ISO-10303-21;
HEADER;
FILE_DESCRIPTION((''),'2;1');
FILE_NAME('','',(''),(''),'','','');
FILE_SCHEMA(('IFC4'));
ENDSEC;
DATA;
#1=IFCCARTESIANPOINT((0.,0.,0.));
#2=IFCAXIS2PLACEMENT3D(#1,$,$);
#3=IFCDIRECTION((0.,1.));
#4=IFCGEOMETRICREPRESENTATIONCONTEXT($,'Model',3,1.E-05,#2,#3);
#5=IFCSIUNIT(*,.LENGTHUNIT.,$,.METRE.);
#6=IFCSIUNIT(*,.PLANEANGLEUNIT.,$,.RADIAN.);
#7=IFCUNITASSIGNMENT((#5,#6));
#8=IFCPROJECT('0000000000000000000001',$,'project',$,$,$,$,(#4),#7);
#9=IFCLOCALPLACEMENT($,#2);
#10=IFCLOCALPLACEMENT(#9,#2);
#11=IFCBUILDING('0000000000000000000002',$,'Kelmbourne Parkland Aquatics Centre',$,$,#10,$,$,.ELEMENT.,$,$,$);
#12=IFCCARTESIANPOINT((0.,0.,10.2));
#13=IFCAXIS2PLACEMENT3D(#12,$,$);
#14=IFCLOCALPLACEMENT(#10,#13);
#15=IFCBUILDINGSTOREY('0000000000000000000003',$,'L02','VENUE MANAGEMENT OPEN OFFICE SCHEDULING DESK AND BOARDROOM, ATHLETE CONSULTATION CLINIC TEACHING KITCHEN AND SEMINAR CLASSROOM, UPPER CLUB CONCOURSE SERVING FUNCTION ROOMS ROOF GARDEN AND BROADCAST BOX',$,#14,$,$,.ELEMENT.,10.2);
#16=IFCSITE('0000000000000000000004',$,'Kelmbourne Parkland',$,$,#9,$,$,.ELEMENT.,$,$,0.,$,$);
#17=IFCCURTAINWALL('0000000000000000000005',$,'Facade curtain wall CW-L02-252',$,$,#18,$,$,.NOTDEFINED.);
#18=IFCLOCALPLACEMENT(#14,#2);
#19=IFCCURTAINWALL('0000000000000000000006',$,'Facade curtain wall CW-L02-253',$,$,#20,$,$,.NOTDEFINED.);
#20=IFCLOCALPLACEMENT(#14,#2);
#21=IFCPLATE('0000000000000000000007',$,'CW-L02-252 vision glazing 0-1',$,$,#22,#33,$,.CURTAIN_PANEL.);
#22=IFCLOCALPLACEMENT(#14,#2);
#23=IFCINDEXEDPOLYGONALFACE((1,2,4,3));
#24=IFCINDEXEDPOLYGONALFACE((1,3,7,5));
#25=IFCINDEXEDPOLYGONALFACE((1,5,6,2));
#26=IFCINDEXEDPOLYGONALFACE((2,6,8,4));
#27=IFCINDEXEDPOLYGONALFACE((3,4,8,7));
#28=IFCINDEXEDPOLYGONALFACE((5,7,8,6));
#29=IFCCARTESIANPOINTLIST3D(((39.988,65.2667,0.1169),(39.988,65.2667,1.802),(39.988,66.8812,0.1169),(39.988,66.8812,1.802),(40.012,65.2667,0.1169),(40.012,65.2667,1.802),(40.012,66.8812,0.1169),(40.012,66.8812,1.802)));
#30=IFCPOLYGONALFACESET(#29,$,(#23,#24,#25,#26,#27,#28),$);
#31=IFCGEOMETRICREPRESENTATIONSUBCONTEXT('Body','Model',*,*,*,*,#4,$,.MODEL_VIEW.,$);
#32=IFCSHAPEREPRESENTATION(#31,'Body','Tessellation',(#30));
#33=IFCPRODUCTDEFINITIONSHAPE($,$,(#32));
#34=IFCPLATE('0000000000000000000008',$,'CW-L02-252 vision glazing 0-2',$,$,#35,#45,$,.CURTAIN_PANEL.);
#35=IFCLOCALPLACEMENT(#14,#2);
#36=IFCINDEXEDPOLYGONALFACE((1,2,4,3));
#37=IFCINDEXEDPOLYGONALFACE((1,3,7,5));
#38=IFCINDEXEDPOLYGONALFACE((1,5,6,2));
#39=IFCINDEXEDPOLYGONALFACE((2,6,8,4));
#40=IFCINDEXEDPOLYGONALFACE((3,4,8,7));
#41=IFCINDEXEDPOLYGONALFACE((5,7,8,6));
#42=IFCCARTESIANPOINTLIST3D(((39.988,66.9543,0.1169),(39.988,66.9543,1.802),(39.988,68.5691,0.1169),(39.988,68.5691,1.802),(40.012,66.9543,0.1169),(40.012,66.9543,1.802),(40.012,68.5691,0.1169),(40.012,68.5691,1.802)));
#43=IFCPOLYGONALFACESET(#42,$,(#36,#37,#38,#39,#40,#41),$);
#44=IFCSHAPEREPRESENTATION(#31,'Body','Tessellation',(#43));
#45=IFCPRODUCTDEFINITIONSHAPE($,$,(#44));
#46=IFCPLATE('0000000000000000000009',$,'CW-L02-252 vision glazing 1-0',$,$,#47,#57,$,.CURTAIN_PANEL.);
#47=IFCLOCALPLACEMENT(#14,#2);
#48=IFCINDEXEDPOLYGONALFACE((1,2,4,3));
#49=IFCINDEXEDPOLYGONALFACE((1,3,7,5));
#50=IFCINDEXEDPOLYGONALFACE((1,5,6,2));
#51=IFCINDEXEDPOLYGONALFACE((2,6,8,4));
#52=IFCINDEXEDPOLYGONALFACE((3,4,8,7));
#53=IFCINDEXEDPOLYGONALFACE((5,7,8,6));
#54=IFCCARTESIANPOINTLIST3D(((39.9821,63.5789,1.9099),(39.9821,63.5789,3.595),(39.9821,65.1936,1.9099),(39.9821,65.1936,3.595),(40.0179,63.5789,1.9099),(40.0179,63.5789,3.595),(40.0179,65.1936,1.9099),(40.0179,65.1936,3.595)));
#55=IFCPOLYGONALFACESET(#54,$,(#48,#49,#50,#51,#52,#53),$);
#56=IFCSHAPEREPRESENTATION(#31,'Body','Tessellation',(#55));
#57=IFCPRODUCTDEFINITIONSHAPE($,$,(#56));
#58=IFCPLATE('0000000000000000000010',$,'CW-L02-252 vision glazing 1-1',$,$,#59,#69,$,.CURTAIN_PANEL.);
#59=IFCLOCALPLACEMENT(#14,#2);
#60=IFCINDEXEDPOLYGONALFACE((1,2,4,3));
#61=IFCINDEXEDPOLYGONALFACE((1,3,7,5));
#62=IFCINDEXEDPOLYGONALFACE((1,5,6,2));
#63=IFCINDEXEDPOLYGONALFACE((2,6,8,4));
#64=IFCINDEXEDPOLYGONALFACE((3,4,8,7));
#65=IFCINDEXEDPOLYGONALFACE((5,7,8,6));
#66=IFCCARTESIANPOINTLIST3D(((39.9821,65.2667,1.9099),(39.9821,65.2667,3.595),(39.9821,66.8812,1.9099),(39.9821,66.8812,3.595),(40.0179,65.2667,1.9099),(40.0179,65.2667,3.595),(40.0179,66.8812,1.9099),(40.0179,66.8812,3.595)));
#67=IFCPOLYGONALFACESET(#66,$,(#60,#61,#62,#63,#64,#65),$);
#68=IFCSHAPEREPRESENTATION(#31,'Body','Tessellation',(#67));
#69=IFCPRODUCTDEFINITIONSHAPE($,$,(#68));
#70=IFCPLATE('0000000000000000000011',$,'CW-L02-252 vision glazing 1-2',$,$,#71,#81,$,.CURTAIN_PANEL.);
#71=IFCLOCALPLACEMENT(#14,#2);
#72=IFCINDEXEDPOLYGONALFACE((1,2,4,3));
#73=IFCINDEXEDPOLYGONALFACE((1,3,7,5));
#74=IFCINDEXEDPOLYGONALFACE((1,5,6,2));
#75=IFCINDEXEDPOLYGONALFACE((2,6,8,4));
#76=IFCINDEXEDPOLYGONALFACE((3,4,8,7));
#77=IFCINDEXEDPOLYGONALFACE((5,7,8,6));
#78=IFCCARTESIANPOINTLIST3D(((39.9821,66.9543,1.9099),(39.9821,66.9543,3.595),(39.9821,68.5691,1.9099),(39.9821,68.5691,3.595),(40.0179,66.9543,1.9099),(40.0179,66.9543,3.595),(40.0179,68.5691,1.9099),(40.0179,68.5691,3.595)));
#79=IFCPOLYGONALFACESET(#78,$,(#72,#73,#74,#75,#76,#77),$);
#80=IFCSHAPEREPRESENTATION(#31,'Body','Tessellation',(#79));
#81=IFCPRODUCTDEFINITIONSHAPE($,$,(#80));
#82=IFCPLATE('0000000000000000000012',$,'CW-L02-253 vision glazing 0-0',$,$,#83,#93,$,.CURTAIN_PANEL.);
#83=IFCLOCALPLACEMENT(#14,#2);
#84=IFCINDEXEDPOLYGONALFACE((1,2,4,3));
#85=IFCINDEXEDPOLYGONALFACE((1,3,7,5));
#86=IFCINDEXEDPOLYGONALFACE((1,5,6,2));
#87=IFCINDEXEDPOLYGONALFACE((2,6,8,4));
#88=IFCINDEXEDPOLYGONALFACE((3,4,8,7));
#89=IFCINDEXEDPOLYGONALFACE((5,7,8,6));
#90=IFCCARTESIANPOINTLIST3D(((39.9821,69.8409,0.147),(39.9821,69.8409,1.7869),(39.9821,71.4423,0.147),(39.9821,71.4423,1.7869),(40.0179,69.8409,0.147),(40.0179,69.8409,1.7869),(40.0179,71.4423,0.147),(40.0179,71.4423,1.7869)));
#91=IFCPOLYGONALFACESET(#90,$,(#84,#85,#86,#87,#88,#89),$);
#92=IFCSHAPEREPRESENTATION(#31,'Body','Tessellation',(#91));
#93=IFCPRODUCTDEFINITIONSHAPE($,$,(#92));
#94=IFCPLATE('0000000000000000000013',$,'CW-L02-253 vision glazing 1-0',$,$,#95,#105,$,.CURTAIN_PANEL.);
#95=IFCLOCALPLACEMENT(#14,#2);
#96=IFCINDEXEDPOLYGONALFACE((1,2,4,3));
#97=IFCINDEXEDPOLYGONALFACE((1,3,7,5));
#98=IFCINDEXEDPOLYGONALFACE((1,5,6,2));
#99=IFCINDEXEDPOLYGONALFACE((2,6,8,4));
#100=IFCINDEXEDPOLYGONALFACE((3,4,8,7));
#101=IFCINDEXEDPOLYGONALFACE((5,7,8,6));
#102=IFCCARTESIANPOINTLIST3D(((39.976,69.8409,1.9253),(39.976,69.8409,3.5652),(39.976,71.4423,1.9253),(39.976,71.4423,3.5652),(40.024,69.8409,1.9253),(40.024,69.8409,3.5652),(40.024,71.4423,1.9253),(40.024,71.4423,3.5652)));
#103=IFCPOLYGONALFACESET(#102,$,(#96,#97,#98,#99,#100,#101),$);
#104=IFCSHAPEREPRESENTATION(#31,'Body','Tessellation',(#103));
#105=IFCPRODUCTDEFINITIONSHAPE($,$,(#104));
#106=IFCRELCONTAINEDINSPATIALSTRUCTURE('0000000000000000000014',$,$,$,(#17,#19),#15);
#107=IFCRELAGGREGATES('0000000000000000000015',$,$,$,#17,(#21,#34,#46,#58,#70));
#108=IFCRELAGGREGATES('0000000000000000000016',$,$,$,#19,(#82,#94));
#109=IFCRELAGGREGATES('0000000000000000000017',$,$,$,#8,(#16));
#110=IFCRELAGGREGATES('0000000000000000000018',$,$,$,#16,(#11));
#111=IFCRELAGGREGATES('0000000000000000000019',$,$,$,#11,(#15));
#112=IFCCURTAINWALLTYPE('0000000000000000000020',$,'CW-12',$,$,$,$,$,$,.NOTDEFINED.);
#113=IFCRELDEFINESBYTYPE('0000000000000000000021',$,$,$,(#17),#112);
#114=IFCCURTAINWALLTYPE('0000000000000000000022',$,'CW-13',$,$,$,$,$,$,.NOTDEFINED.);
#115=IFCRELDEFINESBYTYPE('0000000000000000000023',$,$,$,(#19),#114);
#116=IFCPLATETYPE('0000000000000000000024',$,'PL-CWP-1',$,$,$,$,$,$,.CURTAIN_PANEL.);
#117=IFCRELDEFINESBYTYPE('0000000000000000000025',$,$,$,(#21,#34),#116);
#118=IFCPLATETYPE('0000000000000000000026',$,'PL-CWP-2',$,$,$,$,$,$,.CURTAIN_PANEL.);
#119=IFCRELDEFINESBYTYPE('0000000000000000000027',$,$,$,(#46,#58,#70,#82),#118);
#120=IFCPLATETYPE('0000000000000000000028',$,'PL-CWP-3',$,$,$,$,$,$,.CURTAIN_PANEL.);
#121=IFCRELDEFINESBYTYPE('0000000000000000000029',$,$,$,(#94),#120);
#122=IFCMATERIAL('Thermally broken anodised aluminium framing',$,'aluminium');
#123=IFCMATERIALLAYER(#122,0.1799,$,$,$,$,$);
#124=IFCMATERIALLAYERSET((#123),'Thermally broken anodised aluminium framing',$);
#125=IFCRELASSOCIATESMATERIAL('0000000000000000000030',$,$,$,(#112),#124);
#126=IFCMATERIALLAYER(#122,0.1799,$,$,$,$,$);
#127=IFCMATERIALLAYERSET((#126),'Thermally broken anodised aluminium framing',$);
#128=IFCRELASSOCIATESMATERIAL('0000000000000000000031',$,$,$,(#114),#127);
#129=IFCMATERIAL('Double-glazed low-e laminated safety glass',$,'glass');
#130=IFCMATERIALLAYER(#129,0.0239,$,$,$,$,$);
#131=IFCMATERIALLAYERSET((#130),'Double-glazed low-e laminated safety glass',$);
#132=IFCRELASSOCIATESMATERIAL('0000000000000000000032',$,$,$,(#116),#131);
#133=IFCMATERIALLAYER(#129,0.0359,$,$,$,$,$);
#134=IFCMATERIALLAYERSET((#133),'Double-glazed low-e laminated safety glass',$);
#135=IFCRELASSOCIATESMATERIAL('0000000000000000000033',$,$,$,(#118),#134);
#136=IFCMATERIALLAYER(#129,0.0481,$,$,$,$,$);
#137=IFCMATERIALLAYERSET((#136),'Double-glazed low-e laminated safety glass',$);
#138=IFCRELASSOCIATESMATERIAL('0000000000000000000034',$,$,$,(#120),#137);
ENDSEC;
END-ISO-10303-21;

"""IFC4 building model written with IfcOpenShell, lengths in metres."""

from ifc_helpers import new_model, si_unit, direction, frame, origin, origin_2d, place, context, subcontext, project, spatial, rectangle, extrude, material, layer, layer_set, type_object, element, aggregate, save


model = new_model("IFC4")

# Units and contexts
model_context = context("Model", 3, precision=1e-05, world=origin(), true_north=direction((0.0, 1.0)))
body_context = subcontext(model_context, "Body", "Model", "MODEL_VIEW")
ifc_project = project(units=[si_unit("LENGTHUNIT", "METRE"), si_unit("PLANEANGLEUNIT", "RADIAN")], contexts=[model_context])

# Site, building, storey
site_placement = place(None, origin())
site = spatial("IfcSite", under=ifc_project, at=site_placement, Name="Kelmbourne Parkland", CompositionType="ELEMENT", RefElevation=0.0)
building_placement = place(site_placement, origin())
building = spatial("IfcBuilding", under=site, at=building_placement, Name="Kelmbourne Parkland Aquatics Centre", CompositionType="ELEMENT")
storey_placement = place(building_placement, frame((0.0, 0.0, 10.2)))
storey = spatial("IfcBuildingStorey", under=building, at=storey_placement, Name="L02", Description="VENUE MANAGEMENT OPEN OFFICE SCHEDULING DESK AND BOARDROOM, ATHLETE CONSULTATION CLINIC TEACHING KITCHEN AND SEMINAR CLASSROOM, UPPER CLUB CONCOURSE SERVING FUNCTION ROOMS ROOF GARDEN AND BROADCAST BOX", CompositionType="ELEMENT", Elevation=10.2)

# Shared definitions
ifc_material_1 = material(Name="Thermally broken anodised aluminium framing", Category="aluminium")

# Curtain walls
ifc_layer_1 = layer(ifc_material_1, 0.1799)
ifc_layer_set_1 = layer_set([ifc_layer_1], Name="Thermally broken anodised aluminium framing")
curtain_wall_type_1 = type_object("IfcCurtainWallType", Name="CW-12", PredefinedType="NOTDEFINED", material=ifc_layer_set_1)
curtain_wall_1_placement = place(storey_placement, origin())
curtain_wall_1 = element("IfcCurtainWall", 1, at=curtain_wall_1_placement, inside=storey, type_object=curtain_wall_type_1, Name="Facade curtain wall CW-L02-252", PredefinedType="NOTDEFINED")
ifc_layer_2 = layer(ifc_material_1, 0.1799)
ifc_layer_set_2 = layer_set([ifc_layer_2], Name="Thermally broken anodised aluminium framing")
curtain_wall_type_2 = type_object("IfcCurtainWallType", Name="CW-13", PredefinedType="NOTDEFINED", material=ifc_layer_set_2)
curtain_wall_2_placement = place(storey_placement, origin())
curtain_wall_2 = element("IfcCurtainWall", 2, at=curtain_wall_2_placement, inside=storey, type_object=curtain_wall_type_2, Name="Facade curtain wall CW-L02-253", PredefinedType="NOTDEFINED")

# Plates
ifc_material_2 = material(Name="Double-glazed low-e laminated safety glass", Category="glass")
ifc_layer_3 = layer(ifc_material_2, 0.0239)
ifc_layer_set_3 = layer_set([ifc_layer_3], Name="Double-glazed low-e laminated safety glass")
plate_type_1 = type_object("IfcPlateType", Name="PL-CWP-1", PredefinedType="CURTAIN_PANEL", material=ifc_layer_set_3)
plate_1_placement = place(storey_placement, frame((40.0, 66.074, 0.1169), z_axis=(0.0, 0.0, 1.0), x_axis=(0.0, 1.0, 0.0)))
plate_1 = element("IfcPlate", 3, at=plate_1_placement, type_object=plate_type_1, Name="CW-L02-252 vision glazing 0-1", PredefinedType="CURTAIN_PANEL", context=body_context, shape_type="SweptSolid", body=[
    extrude(rectangle(XDim=1.6145, YDim=0.0239, at=origin_2d()), origin(), (0.0, 0.0, 1.0), 1.6851),
])
plate_2_placement = place(storey_placement, frame((40.0, 67.7617, 0.1169), z_axis=(0.0, 0.0, 1.0), x_axis=(0.0, 1.0, 0.0)))
plate_2 = element("IfcPlate", 4, at=plate_2_placement, type_object=plate_type_1, Name="CW-L02-252 vision glazing 0-2", PredefinedType="CURTAIN_PANEL", context=body_context, shape_type="SweptSolid", body=[
    extrude(rectangle(XDim=1.6147, YDim=0.0239, at=origin_2d()), origin(), (0.0, 0.0, 1.0), 1.6851),
])
ifc_layer_4 = layer(ifc_material_2, 0.0359)
ifc_layer_set_4 = layer_set([ifc_layer_4], Name="Double-glazed low-e laminated safety glass")
plate_type_2 = type_object("IfcPlateType", Name="PL-CWP-2", PredefinedType="CURTAIN_PANEL", material=ifc_layer_set_4)
plate_3_placement = place(storey_placement, frame((40.0, 64.3862, 1.9099), z_axis=(0.0, 0.0, 1.0), x_axis=(0.0, 1.0, 0.0)))
plate_3 = element("IfcPlate", 5, at=plate_3_placement, type_object=plate_type_2, Name="CW-L02-252 vision glazing 1-0", PredefinedType="CURTAIN_PANEL", context=body_context, shape_type="SweptSolid", body=[
    extrude(rectangle(XDim=1.6147, YDim=0.0359, at=origin_2d()), origin(), (0.0, 0.0, 1.0), 1.6851),
])
plate_4_placement = place(storey_placement, frame((40.0, 66.074, 1.9099), z_axis=(0.0, 0.0, 1.0), x_axis=(0.0, 1.0, 0.0)))
plate_4 = element("IfcPlate", 6, at=plate_4_placement, type_object=plate_type_2, Name="CW-L02-252 vision glazing 1-1", PredefinedType="CURTAIN_PANEL", context=body_context, shape_type="SweptSolid", body=[
    extrude(rectangle(XDim=1.6145, YDim=0.0359, at=origin_2d()), origin(), (0.0, 0.0, 1.0), 1.6851),
])
plate_5_placement = place(storey_placement, frame((40.0, 67.7617, 1.9099), z_axis=(0.0, 0.0, 1.0), x_axis=(0.0, 1.0, 0.0)))
plate_5 = element("IfcPlate", 7, at=plate_5_placement, type_object=plate_type_2, Name="CW-L02-252 vision glazing 1-2", PredefinedType="CURTAIN_PANEL", context=body_context, shape_type="SweptSolid", body=[
    extrude(rectangle(XDim=1.6147, YDim=0.0359, at=origin_2d()), origin(), (0.0, 0.0, 1.0), 1.6851),
])
aggregate(curtain_wall_1, [plate_1, plate_2, plate_3, plate_4, plate_5])
plate_6_placement = place(storey_placement, frame((40.0, 70.6416, 0.147), z_axis=(0.0, 0.0, 1.0), x_axis=(0.0, 1.0, 0.0)))
plate_6 = element("IfcPlate", 8, at=plate_6_placement, type_object=plate_type_2, Name="CW-L02-253 vision glazing 0-0", PredefinedType="CURTAIN_PANEL", context=body_context, shape_type="SweptSolid", body=[
    extrude(rectangle(XDim=1.6013, YDim=0.0359, at=origin_2d()), origin(), (0.0, 0.0, 1.0), 1.6399),
])
ifc_layer_5 = layer(ifc_material_2, 0.0481)
ifc_layer_set_5 = layer_set([ifc_layer_5], Name="Double-glazed low-e laminated safety glass")
plate_type_3 = type_object("IfcPlateType", Name="PL-CWP-3", PredefinedType="CURTAIN_PANEL", material=ifc_layer_set_5)
plate_7_placement = place(storey_placement, frame((40.0, 70.6416, 1.9253), z_axis=(0.0, 0.0, 1.0), x_axis=(0.0, 1.0, 0.0)))
plate_7 = element("IfcPlate", 9, at=plate_7_placement, type_object=plate_type_3, Name="CW-L02-253 vision glazing 1-0", PredefinedType="CURTAIN_PANEL", context=body_context, shape_type="SweptSolid", body=[
    extrude(rectangle(XDim=1.6013, YDim=0.0481, at=origin_2d()), origin(), (0.0, 0.0, 1.0), 1.6399),
])
aggregate(curtain_wall_2, [plate_6, plate_7])

save(model, "model.ifc")
